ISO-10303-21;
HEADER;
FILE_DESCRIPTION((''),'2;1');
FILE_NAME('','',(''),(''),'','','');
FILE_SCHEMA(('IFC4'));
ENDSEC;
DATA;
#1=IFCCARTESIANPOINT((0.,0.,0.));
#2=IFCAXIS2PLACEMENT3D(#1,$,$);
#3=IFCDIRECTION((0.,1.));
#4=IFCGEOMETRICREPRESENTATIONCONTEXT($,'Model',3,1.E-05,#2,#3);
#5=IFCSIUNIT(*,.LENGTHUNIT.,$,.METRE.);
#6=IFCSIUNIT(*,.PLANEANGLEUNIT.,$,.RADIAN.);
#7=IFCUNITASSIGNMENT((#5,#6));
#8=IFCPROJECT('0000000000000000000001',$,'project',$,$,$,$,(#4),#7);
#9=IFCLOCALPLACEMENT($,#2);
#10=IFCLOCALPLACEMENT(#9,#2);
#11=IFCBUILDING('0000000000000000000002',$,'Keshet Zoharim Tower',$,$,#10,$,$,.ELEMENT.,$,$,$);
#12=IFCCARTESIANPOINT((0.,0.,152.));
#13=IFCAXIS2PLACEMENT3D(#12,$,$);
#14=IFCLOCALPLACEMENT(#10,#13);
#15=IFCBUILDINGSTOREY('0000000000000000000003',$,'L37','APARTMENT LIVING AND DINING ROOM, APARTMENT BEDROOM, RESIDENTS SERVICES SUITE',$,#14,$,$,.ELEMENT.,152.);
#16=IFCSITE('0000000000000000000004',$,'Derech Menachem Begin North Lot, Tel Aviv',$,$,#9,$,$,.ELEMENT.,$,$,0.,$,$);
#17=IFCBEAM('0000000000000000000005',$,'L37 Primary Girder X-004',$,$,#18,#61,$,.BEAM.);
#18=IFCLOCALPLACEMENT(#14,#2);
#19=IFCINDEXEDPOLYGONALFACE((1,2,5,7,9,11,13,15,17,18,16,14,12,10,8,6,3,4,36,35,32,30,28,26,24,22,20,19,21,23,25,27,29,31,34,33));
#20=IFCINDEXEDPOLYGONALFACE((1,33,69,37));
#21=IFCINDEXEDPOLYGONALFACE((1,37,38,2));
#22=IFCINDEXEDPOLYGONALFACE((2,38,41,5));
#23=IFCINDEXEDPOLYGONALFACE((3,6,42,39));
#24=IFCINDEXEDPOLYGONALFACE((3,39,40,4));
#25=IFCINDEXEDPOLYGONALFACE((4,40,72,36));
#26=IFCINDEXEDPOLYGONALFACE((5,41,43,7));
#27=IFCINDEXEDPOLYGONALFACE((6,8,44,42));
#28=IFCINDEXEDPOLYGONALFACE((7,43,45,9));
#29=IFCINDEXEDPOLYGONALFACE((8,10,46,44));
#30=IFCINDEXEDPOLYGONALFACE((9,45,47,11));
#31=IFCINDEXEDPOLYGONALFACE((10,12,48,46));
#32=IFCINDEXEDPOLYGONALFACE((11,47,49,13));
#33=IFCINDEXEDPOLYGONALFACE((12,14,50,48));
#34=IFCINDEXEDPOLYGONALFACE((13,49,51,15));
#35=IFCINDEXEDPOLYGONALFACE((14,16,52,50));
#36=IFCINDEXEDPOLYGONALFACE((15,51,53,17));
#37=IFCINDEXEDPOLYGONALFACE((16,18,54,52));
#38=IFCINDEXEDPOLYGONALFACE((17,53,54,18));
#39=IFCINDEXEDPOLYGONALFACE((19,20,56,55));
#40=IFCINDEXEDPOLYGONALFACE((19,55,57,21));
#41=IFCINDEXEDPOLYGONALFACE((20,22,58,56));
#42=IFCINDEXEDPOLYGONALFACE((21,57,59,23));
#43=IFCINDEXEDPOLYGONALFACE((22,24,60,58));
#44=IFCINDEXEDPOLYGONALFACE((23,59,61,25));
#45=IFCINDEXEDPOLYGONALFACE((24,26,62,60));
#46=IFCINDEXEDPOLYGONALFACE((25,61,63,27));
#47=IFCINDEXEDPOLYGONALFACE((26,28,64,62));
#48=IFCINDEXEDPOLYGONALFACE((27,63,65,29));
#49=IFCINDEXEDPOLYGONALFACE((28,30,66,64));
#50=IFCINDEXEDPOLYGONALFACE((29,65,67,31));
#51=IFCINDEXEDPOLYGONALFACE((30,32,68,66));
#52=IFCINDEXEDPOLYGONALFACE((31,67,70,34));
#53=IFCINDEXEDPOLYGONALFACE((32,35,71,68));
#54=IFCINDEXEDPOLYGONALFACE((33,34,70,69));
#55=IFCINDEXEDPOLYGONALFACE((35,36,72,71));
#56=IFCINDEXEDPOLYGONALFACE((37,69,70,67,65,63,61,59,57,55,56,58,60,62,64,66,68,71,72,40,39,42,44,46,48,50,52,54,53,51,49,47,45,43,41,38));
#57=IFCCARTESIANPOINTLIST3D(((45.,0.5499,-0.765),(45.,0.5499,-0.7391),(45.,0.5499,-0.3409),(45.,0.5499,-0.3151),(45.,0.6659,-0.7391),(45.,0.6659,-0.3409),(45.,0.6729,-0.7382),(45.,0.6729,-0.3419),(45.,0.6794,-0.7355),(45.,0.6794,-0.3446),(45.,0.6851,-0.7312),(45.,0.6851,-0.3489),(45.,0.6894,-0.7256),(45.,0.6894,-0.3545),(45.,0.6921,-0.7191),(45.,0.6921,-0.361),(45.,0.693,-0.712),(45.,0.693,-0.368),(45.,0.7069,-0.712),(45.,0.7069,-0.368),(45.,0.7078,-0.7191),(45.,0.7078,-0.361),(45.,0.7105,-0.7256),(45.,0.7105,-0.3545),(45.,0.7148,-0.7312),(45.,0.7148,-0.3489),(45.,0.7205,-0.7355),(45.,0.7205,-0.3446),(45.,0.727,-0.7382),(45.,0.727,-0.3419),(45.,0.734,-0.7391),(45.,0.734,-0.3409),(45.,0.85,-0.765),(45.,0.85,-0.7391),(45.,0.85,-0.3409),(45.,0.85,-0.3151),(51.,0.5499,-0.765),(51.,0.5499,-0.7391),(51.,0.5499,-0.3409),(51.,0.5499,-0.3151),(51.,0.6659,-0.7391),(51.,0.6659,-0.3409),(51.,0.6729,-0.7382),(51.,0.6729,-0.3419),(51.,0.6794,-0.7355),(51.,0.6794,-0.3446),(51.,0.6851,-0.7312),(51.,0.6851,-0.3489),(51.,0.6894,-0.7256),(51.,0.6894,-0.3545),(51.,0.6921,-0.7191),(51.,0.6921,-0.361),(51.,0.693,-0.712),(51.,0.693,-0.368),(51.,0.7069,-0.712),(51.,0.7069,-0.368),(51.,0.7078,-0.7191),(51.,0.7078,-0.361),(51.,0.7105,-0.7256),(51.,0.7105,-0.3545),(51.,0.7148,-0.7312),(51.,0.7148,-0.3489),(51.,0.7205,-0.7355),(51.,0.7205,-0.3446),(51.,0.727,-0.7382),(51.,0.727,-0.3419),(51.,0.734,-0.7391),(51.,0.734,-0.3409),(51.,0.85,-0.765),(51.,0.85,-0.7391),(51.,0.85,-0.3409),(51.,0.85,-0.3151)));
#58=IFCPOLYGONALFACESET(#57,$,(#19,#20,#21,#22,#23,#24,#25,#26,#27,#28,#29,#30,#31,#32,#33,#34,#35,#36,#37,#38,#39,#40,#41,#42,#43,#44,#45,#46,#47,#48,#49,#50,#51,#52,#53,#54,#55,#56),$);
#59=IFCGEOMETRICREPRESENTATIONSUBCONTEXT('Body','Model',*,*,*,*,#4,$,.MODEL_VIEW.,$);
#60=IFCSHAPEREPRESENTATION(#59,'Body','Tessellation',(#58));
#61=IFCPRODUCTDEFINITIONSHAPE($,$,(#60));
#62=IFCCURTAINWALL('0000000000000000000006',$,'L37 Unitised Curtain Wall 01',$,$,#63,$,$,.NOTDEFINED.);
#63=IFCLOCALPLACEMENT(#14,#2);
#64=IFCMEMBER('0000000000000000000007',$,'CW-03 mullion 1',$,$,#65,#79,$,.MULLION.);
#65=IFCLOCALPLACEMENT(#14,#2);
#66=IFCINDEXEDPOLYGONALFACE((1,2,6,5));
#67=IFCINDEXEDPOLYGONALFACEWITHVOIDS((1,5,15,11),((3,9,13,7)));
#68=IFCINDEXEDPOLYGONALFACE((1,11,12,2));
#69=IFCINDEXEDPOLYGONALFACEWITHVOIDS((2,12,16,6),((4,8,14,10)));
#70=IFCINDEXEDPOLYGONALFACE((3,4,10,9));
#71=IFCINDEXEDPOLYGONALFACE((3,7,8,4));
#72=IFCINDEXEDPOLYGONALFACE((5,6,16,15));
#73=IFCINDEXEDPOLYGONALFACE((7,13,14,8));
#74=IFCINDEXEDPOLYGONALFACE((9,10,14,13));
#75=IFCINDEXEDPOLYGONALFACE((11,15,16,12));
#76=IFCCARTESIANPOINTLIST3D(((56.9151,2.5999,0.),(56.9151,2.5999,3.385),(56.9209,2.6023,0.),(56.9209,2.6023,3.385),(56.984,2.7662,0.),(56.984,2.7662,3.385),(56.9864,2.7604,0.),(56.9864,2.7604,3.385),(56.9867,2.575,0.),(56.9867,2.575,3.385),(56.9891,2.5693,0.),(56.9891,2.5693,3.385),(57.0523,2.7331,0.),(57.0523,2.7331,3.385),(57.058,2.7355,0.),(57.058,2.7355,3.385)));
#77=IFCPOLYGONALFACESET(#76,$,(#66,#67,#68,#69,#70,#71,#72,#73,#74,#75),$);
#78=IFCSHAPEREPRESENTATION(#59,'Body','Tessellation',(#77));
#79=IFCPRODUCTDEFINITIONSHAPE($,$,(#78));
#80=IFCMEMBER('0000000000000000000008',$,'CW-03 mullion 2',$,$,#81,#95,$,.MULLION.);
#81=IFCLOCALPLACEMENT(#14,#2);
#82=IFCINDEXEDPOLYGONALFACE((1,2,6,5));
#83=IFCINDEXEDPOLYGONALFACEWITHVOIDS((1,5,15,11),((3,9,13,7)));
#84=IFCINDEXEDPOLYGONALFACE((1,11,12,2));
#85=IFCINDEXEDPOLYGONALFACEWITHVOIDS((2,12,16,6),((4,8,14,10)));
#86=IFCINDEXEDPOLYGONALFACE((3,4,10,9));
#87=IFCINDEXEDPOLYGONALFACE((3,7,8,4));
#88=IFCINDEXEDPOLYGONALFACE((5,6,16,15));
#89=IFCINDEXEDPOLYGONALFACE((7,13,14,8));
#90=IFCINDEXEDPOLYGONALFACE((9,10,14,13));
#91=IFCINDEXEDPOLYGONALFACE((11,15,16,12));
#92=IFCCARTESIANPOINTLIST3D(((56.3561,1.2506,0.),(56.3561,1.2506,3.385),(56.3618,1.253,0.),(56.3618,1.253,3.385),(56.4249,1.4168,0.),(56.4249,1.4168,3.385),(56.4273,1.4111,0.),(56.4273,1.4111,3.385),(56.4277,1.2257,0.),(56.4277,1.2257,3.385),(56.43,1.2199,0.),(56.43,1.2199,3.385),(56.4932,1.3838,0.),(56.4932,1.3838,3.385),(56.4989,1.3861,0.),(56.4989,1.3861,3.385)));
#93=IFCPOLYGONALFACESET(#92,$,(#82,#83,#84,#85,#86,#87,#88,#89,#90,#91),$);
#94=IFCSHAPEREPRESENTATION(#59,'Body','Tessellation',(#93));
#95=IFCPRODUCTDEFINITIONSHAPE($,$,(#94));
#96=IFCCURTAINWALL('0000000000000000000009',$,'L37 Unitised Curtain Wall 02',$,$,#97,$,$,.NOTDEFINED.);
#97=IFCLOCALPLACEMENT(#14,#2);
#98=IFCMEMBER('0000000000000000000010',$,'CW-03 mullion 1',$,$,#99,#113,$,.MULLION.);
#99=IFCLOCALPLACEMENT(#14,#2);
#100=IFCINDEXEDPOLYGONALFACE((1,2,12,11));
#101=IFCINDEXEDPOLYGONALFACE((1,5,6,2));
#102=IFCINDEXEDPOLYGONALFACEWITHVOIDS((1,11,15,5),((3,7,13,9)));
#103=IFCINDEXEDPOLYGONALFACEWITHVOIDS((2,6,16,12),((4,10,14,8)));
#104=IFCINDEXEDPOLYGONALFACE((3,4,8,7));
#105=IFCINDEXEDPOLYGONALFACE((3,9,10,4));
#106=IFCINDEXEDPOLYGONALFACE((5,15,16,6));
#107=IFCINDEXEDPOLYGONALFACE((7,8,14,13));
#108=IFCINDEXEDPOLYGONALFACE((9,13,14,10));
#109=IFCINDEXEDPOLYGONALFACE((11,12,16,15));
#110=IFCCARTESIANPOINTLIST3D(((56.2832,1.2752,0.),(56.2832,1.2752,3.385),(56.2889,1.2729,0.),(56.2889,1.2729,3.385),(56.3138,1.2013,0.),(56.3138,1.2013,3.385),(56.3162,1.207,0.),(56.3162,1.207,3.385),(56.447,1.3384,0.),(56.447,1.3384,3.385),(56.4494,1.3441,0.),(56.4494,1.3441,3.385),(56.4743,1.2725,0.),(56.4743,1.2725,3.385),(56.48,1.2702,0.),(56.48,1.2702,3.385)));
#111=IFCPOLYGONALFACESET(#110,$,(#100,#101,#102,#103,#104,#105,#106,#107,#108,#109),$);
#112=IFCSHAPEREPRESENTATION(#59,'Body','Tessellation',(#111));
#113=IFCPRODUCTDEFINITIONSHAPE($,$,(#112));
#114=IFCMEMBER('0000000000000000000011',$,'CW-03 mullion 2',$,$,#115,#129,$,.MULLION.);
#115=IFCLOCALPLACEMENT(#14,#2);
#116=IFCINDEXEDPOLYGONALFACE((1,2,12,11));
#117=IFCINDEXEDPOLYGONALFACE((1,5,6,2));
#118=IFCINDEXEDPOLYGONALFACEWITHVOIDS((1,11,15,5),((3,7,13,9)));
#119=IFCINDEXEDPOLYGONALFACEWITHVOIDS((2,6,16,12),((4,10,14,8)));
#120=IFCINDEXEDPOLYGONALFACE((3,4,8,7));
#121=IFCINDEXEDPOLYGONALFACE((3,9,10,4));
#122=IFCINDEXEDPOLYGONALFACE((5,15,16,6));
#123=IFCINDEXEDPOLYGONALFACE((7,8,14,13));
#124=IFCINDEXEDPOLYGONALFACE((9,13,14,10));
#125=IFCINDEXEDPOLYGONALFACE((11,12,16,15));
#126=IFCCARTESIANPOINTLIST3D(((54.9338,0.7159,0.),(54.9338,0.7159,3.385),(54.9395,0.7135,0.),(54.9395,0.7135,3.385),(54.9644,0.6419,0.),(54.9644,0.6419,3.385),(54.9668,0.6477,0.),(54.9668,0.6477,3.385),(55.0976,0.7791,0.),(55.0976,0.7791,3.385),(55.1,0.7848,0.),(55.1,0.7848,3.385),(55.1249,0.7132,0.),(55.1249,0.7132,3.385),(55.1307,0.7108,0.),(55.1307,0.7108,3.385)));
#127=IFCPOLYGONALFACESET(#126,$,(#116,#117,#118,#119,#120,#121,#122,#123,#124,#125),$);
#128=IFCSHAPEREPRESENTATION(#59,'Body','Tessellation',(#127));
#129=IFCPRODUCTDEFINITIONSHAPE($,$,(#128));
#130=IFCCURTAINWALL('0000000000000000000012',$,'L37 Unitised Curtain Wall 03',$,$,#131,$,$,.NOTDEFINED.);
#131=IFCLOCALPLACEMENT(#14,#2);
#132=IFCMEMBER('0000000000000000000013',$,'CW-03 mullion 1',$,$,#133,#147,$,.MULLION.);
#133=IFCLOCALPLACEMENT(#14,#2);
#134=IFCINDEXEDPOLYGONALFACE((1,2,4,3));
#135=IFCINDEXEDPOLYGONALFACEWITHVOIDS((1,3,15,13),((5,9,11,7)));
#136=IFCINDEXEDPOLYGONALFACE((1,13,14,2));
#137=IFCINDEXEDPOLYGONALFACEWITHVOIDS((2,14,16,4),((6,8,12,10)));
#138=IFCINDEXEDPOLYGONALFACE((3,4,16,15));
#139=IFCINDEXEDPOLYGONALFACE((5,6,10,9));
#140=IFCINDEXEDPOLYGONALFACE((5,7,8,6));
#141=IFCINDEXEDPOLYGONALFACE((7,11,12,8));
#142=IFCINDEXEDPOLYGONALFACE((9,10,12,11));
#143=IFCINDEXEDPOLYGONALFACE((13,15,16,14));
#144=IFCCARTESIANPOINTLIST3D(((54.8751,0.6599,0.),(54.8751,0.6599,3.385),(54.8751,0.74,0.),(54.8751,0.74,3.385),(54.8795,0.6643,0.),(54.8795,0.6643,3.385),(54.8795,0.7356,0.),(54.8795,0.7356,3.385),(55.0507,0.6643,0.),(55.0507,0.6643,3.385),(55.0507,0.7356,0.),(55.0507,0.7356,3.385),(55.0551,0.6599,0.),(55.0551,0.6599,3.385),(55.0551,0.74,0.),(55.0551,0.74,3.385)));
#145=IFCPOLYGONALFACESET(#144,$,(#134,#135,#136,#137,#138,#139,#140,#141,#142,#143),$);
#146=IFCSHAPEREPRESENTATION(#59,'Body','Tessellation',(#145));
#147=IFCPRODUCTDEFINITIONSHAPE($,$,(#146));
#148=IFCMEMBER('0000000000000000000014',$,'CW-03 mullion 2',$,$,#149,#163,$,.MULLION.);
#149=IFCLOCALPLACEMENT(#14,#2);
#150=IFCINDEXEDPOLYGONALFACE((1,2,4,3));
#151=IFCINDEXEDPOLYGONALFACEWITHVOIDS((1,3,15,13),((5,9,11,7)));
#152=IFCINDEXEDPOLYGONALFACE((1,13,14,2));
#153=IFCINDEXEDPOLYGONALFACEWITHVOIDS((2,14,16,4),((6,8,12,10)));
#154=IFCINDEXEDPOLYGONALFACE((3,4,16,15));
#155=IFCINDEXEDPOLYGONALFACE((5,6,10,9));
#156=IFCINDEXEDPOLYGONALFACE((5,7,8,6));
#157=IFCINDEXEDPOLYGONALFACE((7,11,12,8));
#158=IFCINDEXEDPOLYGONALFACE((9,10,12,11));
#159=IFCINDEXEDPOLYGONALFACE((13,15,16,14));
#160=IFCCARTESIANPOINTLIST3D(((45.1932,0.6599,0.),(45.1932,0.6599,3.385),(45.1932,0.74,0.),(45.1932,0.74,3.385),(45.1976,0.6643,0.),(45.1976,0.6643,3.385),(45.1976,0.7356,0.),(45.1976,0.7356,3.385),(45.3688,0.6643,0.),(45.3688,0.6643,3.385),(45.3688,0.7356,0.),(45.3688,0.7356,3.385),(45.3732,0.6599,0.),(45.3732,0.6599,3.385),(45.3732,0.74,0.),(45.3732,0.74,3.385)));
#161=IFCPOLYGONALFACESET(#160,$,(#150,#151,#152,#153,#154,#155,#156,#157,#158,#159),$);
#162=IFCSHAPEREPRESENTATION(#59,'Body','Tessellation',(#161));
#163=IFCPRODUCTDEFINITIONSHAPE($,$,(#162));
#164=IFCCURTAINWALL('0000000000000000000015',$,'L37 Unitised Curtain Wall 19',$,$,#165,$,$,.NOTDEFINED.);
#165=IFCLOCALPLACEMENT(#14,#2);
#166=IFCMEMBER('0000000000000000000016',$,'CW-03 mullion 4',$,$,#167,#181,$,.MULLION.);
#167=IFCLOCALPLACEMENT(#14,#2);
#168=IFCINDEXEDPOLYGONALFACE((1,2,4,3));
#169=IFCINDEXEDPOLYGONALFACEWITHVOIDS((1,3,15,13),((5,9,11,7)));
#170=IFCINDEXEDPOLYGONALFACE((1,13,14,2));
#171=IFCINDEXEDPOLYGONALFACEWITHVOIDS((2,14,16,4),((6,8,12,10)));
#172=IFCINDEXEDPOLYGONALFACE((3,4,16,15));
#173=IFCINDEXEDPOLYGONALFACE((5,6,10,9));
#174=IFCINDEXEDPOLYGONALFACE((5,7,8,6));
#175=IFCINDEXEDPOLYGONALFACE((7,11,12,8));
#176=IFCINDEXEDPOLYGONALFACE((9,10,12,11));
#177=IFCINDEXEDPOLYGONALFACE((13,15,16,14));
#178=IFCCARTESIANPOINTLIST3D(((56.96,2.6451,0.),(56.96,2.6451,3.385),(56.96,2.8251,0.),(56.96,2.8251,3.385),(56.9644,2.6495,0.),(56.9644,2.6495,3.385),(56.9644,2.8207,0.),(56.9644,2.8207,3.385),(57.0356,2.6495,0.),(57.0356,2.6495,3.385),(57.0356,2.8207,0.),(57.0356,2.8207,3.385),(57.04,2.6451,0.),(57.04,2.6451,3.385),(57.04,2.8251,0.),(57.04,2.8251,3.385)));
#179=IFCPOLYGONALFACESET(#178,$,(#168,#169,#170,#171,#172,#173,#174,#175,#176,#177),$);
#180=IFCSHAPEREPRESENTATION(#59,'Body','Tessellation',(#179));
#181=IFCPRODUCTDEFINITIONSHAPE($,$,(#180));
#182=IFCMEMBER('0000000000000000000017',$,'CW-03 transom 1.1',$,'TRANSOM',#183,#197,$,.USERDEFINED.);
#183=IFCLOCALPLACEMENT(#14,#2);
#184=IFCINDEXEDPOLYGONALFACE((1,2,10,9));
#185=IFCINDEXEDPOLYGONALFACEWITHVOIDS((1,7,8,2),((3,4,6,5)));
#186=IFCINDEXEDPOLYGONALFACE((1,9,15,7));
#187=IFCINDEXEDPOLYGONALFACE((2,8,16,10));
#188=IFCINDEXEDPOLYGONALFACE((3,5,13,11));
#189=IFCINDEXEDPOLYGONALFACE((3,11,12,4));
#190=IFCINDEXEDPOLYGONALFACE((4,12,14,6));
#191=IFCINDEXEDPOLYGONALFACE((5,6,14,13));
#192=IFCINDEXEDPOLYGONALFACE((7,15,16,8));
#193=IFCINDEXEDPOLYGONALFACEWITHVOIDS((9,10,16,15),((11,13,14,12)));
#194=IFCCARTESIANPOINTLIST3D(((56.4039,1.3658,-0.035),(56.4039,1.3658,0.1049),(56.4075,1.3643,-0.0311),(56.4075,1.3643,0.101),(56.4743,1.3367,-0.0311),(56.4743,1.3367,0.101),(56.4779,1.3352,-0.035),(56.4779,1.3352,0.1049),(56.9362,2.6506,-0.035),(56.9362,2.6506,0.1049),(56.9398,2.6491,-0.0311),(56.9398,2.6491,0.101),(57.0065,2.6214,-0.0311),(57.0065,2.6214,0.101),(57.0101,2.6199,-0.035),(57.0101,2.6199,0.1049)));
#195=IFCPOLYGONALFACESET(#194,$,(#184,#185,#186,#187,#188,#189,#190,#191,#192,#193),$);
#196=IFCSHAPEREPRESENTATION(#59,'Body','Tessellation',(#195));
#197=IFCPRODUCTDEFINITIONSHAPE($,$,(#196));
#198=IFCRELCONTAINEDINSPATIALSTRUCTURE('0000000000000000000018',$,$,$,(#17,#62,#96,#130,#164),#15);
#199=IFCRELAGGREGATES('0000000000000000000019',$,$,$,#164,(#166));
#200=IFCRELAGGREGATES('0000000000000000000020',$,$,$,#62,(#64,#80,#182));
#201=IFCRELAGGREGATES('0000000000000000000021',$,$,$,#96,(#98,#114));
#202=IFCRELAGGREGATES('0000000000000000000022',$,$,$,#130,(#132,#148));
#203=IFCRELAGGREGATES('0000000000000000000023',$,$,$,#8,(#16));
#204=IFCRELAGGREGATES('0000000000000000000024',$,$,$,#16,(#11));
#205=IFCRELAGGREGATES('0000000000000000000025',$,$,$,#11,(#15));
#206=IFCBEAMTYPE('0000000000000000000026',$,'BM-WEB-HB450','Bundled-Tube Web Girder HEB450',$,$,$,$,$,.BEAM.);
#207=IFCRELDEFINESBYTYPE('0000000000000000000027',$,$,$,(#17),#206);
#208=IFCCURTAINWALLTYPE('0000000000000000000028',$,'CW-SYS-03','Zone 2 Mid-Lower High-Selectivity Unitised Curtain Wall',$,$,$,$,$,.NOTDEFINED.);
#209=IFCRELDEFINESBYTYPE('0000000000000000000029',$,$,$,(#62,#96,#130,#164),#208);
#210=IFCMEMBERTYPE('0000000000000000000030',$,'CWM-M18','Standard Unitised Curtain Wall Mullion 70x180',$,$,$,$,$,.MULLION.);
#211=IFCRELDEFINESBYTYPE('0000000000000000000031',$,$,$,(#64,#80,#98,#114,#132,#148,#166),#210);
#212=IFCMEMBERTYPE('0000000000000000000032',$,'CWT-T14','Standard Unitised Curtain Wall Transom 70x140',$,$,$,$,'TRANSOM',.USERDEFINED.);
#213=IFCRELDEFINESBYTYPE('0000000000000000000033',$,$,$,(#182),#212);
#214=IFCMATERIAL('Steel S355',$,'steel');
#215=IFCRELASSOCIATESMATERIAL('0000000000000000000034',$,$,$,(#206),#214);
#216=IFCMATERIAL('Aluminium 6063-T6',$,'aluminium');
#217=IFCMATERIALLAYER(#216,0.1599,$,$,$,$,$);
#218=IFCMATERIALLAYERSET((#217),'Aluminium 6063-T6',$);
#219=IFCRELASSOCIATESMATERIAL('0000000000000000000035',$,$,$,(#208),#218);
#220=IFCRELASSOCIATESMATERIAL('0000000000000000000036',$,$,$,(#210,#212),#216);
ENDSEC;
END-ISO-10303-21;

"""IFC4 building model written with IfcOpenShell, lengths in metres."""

from ifc_helpers import new_model, si_unit, direction, frame, origin, origin_2d, place, context, subcontext, project, spatial, hollow_rectangle, i_section, extrude, material, layer, layer_set, material_profile, profile_set, type_object, element, aggregate, save


model = new_model("IFC4")

# Units and contexts
model_context = context("Model", 3, precision=1e-05, world=origin(), true_north=direction((0.0, 1.0)))
body_context = subcontext(model_context, "Body", "Model", "MODEL_VIEW")
ifc_project = project(units=[si_unit("LENGTHUNIT", "METRE"), si_unit("PLANEANGLEUNIT", "RADIAN")], contexts=[model_context])

# Site, building, storey
site_placement = place(None, origin())
site = spatial("IfcSite", under=ifc_project, at=site_placement, Name="Derech Menachem Begin North Lot, Tel Aviv", CompositionType="ELEMENT", RefElevation=0.0)
building_placement = place(site_placement, origin())
building = spatial("IfcBuilding", under=site, at=building_placement, Name="Keshet Zoharim Tower", CompositionType="ELEMENT")
storey_placement = place(building_placement, frame((0.0, 0.0, 152.0)))
storey = spatial("IfcBuildingStorey", under=building, at=storey_placement, Name="L37", Description="APARTMENT LIVING AND DINING ROOM, APARTMENT BEDROOM, RESIDENTS SERVICES SUITE", CompositionType="ELEMENT", Elevation=152.0)

# Shared definitions
ifc_material_1 = material(Name="Steel S355", Category="steel")

# Beam
ifc_material_profile_1 = material_profile(ifc_material_1, i_section(OverallWidth=0.3, OverallDepth=0.45, WebThickness=0.0139, FlangeThickness=0.0259, FilletRadius=0.0271, at=origin_2d()), Name="HEB450")
ifc_profile_set_1 = profile_set([ifc_material_profile_1], Name="Steel S355")
beam_type_1 = type_object("IfcBeamType", Name="BM-WEB-HB450", Description="Bundled-Tube Web Girder HEB450", PredefinedType="BEAM", material=ifc_profile_set_1)
beam_1_placement = place(storey_placement, frame((45.0, 0.7, -0.54), z_axis=(1.0, 0.0, 0.0), x_axis=(0.0, 1.0, 0.0)))
element("IfcBeam", 1, at=beam_1_placement, inside=storey, type_object=beam_type_1, Name="L37 Primary Girder X-004", PredefinedType="BEAM", context=body_context, shape_type="SweptSolid", body=[
    extrude(i_section(OverallWidth=0.3, OverallDepth=0.45, WebThickness=0.0139, FlangeThickness=0.0259, FilletRadius=0.0271, at=origin_2d()), origin(), (0.0, 0.0, 1.0), 6.0),
])

# Curtain walls, members
ifc_material_2 = material(Name="Aluminium 6063-T6", Category="aluminium")
ifc_layer_1 = layer(ifc_material_2, 0.1599)
ifc_layer_set_1 = layer_set([ifc_layer_1], Name="Aluminium 6063-T6")
curtain_wall_type = type_object("IfcCurtainWallType", Name="CW-SYS-03", Description="Zone 2 Mid-Lower High-Selectivity Unitised Curtain Wall", PredefinedType="NOTDEFINED", material=ifc_layer_set_1)
curtain_wall_1_placement = place(storey_placement, origin())
curtain_wall_1 = element("IfcCurtainWall", 2, at=curtain_wall_1_placement, inside=storey, type_object=curtain_wall_type, Name="L37 Unitised Curtain Wall 01", PredefinedType="NOTDEFINED")
ifc_material_profile_2 = material_profile(ifc_material_2, hollow_rectangle(XDim=0.0801, YDim=0.1799, WallThickness=0.0044, at=origin_2d()), Name="MUL-80x180")
ifc_profile_set_2 = profile_set([ifc_material_profile_2], Name="Aluminium 6063-T6")
member_type_1 = type_object("IfcMemberType", Name="CWM-M18", Description="Standard Unitised Curtain Wall Mullion 70x180", PredefinedType="MULLION", material=ifc_profile_set_2)
member_1_placement = place(storey_placement, frame((56.9866, 2.6677, 0.0), z_axis=(0.0, 0.0, 1.0), x_axis=(0.92381, -0.382852, 0.0)))
member_1 = element("IfcMember", 3, at=member_1_placement, type_object=member_type_1, Name="CW-03 mullion 1", PredefinedType="MULLION", context=body_context, shape_type="SweptSolid", body=[
    extrude(hollow_rectangle(XDim=0.0801, YDim=0.1799, WallThickness=0.0044, at=origin_2d()), origin(), (0.0, 0.0, 1.0), 3.385),
])
member_2_placement = place(storey_placement, frame((56.4275, 1.3184, 0.0), z_axis=(0.0, 0.0, 1.0), x_axis=(0.92381, -0.382852, 0.0)))
member_2 = element("IfcMember", 4, at=member_2_placement, type_object=member_type_1, Name="CW-03 mullion 2", PredefinedType="MULLION", context=body_context, shape_type="SweptSolid", body=[
    extrude(hollow_rectangle(XDim=0.0801, YDim=0.1799, WallThickness=0.0044, at=origin_2d()), origin(), (0.0, 0.0, 1.0), 3.385),
])
curtain_wall_2_placement = place(storey_placement, origin())
curtain_wall_2 = element("IfcCurtainWall", 5, at=curtain_wall_2_placement, inside=storey, type_object=curtain_wall_type, Name="L37 Unitised Curtain Wall 02", PredefinedType="NOTDEFINED")
member_3_placement = place(storey_placement, frame((56.3816, 1.2727, 0.0), z_axis=(0.0, 0.0, 1.0), x_axis=(0.382852, -0.92381, 0.0)))
member_3 = element("IfcMember", 6, at=member_3_placement, type_object=member_type_1, Name="CW-03 mullion 1", PredefinedType="MULLION", context=body_context, shape_type="SweptSolid", body=[
    extrude(hollow_rectangle(XDim=0.0801, YDim=0.1799, WallThickness=0.0044, at=origin_2d()), origin(), (0.0, 0.0, 1.0), 3.385),
])
member_4_placement = place(storey_placement, frame((55.0322, 0.7134, 0.0), z_axis=(0.0, 0.0, 1.0), x_axis=(0.382852, -0.92381, 0.0)))
member_4 = element("IfcMember", 7, at=member_4_placement, type_object=member_type_1, Name="CW-03 mullion 2", PredefinedType="MULLION", context=body_context, shape_type="SweptSolid", body=[
    extrude(hollow_rectangle(XDim=0.0801, YDim=0.1799, WallThickness=0.0044, at=origin_2d()), origin(), (0.0, 0.0, 1.0), 3.385),
])
curtain_wall_3_placement = place(storey_placement, origin())
curtain_wall_3 = element("IfcCurtainWall", 8, at=curtain_wall_3_placement, inside=storey, type_object=curtain_wall_type, Name="L37 Unitised Curtain Wall 03", PredefinedType="NOTDEFINED")
member_5_placement = place(storey_placement, frame((54.9651, 0.7, 0.0), z_axis=(0.0, 0.0, 1.0), x_axis=(0.0, -1.0, 0.0)))
member_5 = element("IfcMember", 9, at=member_5_placement, type_object=member_type_1, Name="CW-03 mullion 1", PredefinedType="MULLION", context=body_context, shape_type="SweptSolid", body=[
    extrude(hollow_rectangle(XDim=0.0801, YDim=0.1799, WallThickness=0.0044, at=origin_2d()), origin(), (0.0, 0.0, 1.0), 3.385),
])
member_6_placement = place(storey_placement, frame((45.2832, 0.7, 0.0), z_axis=(0.0, 0.0, 1.0), x_axis=(0.0, -1.0, 0.0)))
member_6 = element("IfcMember", 10, at=member_6_placement, type_object=member_type_1, Name="CW-03 mullion 2", PredefinedType="MULLION", context=body_context, shape_type="SweptSolid", body=[
    extrude(hollow_rectangle(XDim=0.0801, YDim=0.1799, WallThickness=0.0044, at=origin_2d()), origin(), (0.0, 0.0, 1.0), 3.385),
])

# Curtain wall, member
curtain_wall_4_placement = place(storey_placement, origin())
curtain_wall_4 = element("IfcCurtainWall", 11, at=curtain_wall_4_placement, inside=storey, type_object=curtain_wall_type, Name="L37 Unitised Curtain Wall 19", PredefinedType="NOTDEFINED")
member_7_placement = place(storey_placement, frame((57.0, 2.7351, 0.0), z_axis=(0.0, 0.0, 1.0), x_axis=(1.0, 0.0, 0.0)))
member_7 = element("IfcMember", 12, at=member_7_placement, type_object=member_type_1, Name="CW-03 mullion 4", PredefinedType="MULLION", context=body_context, shape_type="SweptSolid", body=[
    extrude(hollow_rectangle(XDim=0.0801, YDim=0.1799, WallThickness=0.0044, at=origin_2d()), origin(), (0.0, 0.0, 1.0), 3.385),
])
aggregate(curtain_wall_4, [member_7])

# Member
ifc_material_profile_3 = material_profile(ifc_material_2, hollow_rectangle(XDim=0.0801, YDim=0.1399, WallThickness=0.0039, at=origin_2d()), Name="TRN-80x140")
ifc_profile_set_3 = profile_set([ifc_material_profile_3], Name="Aluminium 6063-T6")
member_type_2 = type_object("IfcMemberType", Name="CWT-T14", Description="Standard Unitised Curtain Wall Transom 70x140", ElementType="TRANSOM", PredefinedType="USERDEFINED", material=ifc_profile_set_3)
member_8_placement = place(storey_placement, frame((56.9731, 2.6353, 0.0349), z_axis=(-0.382745, -0.923854, 0.0), x_axis=(0.923854, -0.382745, 0.0)))
member_8 = element("IfcMember", 13, at=member_8_placement, type_object=member_type_2, Name="CW-03 transom 1.1", ObjectType="TRANSOM", PredefinedType="USERDEFINED", context=body_context, shape_type="SweptSolid", body=[
    extrude(hollow_rectangle(XDim=0.0801, YDim=0.1399, WallThickness=0.0039, at=origin_2d()), origin(), (0.0, 0.0, 1.0), 1.3906),
])

aggregate(curtain_wall_1, [member_1, member_2, member_8])
aggregate(curtain_wall_2, [member_3, member_4])
aggregate(curtain_wall_3, [member_5, member_6])

save(model, "model.ifc")
